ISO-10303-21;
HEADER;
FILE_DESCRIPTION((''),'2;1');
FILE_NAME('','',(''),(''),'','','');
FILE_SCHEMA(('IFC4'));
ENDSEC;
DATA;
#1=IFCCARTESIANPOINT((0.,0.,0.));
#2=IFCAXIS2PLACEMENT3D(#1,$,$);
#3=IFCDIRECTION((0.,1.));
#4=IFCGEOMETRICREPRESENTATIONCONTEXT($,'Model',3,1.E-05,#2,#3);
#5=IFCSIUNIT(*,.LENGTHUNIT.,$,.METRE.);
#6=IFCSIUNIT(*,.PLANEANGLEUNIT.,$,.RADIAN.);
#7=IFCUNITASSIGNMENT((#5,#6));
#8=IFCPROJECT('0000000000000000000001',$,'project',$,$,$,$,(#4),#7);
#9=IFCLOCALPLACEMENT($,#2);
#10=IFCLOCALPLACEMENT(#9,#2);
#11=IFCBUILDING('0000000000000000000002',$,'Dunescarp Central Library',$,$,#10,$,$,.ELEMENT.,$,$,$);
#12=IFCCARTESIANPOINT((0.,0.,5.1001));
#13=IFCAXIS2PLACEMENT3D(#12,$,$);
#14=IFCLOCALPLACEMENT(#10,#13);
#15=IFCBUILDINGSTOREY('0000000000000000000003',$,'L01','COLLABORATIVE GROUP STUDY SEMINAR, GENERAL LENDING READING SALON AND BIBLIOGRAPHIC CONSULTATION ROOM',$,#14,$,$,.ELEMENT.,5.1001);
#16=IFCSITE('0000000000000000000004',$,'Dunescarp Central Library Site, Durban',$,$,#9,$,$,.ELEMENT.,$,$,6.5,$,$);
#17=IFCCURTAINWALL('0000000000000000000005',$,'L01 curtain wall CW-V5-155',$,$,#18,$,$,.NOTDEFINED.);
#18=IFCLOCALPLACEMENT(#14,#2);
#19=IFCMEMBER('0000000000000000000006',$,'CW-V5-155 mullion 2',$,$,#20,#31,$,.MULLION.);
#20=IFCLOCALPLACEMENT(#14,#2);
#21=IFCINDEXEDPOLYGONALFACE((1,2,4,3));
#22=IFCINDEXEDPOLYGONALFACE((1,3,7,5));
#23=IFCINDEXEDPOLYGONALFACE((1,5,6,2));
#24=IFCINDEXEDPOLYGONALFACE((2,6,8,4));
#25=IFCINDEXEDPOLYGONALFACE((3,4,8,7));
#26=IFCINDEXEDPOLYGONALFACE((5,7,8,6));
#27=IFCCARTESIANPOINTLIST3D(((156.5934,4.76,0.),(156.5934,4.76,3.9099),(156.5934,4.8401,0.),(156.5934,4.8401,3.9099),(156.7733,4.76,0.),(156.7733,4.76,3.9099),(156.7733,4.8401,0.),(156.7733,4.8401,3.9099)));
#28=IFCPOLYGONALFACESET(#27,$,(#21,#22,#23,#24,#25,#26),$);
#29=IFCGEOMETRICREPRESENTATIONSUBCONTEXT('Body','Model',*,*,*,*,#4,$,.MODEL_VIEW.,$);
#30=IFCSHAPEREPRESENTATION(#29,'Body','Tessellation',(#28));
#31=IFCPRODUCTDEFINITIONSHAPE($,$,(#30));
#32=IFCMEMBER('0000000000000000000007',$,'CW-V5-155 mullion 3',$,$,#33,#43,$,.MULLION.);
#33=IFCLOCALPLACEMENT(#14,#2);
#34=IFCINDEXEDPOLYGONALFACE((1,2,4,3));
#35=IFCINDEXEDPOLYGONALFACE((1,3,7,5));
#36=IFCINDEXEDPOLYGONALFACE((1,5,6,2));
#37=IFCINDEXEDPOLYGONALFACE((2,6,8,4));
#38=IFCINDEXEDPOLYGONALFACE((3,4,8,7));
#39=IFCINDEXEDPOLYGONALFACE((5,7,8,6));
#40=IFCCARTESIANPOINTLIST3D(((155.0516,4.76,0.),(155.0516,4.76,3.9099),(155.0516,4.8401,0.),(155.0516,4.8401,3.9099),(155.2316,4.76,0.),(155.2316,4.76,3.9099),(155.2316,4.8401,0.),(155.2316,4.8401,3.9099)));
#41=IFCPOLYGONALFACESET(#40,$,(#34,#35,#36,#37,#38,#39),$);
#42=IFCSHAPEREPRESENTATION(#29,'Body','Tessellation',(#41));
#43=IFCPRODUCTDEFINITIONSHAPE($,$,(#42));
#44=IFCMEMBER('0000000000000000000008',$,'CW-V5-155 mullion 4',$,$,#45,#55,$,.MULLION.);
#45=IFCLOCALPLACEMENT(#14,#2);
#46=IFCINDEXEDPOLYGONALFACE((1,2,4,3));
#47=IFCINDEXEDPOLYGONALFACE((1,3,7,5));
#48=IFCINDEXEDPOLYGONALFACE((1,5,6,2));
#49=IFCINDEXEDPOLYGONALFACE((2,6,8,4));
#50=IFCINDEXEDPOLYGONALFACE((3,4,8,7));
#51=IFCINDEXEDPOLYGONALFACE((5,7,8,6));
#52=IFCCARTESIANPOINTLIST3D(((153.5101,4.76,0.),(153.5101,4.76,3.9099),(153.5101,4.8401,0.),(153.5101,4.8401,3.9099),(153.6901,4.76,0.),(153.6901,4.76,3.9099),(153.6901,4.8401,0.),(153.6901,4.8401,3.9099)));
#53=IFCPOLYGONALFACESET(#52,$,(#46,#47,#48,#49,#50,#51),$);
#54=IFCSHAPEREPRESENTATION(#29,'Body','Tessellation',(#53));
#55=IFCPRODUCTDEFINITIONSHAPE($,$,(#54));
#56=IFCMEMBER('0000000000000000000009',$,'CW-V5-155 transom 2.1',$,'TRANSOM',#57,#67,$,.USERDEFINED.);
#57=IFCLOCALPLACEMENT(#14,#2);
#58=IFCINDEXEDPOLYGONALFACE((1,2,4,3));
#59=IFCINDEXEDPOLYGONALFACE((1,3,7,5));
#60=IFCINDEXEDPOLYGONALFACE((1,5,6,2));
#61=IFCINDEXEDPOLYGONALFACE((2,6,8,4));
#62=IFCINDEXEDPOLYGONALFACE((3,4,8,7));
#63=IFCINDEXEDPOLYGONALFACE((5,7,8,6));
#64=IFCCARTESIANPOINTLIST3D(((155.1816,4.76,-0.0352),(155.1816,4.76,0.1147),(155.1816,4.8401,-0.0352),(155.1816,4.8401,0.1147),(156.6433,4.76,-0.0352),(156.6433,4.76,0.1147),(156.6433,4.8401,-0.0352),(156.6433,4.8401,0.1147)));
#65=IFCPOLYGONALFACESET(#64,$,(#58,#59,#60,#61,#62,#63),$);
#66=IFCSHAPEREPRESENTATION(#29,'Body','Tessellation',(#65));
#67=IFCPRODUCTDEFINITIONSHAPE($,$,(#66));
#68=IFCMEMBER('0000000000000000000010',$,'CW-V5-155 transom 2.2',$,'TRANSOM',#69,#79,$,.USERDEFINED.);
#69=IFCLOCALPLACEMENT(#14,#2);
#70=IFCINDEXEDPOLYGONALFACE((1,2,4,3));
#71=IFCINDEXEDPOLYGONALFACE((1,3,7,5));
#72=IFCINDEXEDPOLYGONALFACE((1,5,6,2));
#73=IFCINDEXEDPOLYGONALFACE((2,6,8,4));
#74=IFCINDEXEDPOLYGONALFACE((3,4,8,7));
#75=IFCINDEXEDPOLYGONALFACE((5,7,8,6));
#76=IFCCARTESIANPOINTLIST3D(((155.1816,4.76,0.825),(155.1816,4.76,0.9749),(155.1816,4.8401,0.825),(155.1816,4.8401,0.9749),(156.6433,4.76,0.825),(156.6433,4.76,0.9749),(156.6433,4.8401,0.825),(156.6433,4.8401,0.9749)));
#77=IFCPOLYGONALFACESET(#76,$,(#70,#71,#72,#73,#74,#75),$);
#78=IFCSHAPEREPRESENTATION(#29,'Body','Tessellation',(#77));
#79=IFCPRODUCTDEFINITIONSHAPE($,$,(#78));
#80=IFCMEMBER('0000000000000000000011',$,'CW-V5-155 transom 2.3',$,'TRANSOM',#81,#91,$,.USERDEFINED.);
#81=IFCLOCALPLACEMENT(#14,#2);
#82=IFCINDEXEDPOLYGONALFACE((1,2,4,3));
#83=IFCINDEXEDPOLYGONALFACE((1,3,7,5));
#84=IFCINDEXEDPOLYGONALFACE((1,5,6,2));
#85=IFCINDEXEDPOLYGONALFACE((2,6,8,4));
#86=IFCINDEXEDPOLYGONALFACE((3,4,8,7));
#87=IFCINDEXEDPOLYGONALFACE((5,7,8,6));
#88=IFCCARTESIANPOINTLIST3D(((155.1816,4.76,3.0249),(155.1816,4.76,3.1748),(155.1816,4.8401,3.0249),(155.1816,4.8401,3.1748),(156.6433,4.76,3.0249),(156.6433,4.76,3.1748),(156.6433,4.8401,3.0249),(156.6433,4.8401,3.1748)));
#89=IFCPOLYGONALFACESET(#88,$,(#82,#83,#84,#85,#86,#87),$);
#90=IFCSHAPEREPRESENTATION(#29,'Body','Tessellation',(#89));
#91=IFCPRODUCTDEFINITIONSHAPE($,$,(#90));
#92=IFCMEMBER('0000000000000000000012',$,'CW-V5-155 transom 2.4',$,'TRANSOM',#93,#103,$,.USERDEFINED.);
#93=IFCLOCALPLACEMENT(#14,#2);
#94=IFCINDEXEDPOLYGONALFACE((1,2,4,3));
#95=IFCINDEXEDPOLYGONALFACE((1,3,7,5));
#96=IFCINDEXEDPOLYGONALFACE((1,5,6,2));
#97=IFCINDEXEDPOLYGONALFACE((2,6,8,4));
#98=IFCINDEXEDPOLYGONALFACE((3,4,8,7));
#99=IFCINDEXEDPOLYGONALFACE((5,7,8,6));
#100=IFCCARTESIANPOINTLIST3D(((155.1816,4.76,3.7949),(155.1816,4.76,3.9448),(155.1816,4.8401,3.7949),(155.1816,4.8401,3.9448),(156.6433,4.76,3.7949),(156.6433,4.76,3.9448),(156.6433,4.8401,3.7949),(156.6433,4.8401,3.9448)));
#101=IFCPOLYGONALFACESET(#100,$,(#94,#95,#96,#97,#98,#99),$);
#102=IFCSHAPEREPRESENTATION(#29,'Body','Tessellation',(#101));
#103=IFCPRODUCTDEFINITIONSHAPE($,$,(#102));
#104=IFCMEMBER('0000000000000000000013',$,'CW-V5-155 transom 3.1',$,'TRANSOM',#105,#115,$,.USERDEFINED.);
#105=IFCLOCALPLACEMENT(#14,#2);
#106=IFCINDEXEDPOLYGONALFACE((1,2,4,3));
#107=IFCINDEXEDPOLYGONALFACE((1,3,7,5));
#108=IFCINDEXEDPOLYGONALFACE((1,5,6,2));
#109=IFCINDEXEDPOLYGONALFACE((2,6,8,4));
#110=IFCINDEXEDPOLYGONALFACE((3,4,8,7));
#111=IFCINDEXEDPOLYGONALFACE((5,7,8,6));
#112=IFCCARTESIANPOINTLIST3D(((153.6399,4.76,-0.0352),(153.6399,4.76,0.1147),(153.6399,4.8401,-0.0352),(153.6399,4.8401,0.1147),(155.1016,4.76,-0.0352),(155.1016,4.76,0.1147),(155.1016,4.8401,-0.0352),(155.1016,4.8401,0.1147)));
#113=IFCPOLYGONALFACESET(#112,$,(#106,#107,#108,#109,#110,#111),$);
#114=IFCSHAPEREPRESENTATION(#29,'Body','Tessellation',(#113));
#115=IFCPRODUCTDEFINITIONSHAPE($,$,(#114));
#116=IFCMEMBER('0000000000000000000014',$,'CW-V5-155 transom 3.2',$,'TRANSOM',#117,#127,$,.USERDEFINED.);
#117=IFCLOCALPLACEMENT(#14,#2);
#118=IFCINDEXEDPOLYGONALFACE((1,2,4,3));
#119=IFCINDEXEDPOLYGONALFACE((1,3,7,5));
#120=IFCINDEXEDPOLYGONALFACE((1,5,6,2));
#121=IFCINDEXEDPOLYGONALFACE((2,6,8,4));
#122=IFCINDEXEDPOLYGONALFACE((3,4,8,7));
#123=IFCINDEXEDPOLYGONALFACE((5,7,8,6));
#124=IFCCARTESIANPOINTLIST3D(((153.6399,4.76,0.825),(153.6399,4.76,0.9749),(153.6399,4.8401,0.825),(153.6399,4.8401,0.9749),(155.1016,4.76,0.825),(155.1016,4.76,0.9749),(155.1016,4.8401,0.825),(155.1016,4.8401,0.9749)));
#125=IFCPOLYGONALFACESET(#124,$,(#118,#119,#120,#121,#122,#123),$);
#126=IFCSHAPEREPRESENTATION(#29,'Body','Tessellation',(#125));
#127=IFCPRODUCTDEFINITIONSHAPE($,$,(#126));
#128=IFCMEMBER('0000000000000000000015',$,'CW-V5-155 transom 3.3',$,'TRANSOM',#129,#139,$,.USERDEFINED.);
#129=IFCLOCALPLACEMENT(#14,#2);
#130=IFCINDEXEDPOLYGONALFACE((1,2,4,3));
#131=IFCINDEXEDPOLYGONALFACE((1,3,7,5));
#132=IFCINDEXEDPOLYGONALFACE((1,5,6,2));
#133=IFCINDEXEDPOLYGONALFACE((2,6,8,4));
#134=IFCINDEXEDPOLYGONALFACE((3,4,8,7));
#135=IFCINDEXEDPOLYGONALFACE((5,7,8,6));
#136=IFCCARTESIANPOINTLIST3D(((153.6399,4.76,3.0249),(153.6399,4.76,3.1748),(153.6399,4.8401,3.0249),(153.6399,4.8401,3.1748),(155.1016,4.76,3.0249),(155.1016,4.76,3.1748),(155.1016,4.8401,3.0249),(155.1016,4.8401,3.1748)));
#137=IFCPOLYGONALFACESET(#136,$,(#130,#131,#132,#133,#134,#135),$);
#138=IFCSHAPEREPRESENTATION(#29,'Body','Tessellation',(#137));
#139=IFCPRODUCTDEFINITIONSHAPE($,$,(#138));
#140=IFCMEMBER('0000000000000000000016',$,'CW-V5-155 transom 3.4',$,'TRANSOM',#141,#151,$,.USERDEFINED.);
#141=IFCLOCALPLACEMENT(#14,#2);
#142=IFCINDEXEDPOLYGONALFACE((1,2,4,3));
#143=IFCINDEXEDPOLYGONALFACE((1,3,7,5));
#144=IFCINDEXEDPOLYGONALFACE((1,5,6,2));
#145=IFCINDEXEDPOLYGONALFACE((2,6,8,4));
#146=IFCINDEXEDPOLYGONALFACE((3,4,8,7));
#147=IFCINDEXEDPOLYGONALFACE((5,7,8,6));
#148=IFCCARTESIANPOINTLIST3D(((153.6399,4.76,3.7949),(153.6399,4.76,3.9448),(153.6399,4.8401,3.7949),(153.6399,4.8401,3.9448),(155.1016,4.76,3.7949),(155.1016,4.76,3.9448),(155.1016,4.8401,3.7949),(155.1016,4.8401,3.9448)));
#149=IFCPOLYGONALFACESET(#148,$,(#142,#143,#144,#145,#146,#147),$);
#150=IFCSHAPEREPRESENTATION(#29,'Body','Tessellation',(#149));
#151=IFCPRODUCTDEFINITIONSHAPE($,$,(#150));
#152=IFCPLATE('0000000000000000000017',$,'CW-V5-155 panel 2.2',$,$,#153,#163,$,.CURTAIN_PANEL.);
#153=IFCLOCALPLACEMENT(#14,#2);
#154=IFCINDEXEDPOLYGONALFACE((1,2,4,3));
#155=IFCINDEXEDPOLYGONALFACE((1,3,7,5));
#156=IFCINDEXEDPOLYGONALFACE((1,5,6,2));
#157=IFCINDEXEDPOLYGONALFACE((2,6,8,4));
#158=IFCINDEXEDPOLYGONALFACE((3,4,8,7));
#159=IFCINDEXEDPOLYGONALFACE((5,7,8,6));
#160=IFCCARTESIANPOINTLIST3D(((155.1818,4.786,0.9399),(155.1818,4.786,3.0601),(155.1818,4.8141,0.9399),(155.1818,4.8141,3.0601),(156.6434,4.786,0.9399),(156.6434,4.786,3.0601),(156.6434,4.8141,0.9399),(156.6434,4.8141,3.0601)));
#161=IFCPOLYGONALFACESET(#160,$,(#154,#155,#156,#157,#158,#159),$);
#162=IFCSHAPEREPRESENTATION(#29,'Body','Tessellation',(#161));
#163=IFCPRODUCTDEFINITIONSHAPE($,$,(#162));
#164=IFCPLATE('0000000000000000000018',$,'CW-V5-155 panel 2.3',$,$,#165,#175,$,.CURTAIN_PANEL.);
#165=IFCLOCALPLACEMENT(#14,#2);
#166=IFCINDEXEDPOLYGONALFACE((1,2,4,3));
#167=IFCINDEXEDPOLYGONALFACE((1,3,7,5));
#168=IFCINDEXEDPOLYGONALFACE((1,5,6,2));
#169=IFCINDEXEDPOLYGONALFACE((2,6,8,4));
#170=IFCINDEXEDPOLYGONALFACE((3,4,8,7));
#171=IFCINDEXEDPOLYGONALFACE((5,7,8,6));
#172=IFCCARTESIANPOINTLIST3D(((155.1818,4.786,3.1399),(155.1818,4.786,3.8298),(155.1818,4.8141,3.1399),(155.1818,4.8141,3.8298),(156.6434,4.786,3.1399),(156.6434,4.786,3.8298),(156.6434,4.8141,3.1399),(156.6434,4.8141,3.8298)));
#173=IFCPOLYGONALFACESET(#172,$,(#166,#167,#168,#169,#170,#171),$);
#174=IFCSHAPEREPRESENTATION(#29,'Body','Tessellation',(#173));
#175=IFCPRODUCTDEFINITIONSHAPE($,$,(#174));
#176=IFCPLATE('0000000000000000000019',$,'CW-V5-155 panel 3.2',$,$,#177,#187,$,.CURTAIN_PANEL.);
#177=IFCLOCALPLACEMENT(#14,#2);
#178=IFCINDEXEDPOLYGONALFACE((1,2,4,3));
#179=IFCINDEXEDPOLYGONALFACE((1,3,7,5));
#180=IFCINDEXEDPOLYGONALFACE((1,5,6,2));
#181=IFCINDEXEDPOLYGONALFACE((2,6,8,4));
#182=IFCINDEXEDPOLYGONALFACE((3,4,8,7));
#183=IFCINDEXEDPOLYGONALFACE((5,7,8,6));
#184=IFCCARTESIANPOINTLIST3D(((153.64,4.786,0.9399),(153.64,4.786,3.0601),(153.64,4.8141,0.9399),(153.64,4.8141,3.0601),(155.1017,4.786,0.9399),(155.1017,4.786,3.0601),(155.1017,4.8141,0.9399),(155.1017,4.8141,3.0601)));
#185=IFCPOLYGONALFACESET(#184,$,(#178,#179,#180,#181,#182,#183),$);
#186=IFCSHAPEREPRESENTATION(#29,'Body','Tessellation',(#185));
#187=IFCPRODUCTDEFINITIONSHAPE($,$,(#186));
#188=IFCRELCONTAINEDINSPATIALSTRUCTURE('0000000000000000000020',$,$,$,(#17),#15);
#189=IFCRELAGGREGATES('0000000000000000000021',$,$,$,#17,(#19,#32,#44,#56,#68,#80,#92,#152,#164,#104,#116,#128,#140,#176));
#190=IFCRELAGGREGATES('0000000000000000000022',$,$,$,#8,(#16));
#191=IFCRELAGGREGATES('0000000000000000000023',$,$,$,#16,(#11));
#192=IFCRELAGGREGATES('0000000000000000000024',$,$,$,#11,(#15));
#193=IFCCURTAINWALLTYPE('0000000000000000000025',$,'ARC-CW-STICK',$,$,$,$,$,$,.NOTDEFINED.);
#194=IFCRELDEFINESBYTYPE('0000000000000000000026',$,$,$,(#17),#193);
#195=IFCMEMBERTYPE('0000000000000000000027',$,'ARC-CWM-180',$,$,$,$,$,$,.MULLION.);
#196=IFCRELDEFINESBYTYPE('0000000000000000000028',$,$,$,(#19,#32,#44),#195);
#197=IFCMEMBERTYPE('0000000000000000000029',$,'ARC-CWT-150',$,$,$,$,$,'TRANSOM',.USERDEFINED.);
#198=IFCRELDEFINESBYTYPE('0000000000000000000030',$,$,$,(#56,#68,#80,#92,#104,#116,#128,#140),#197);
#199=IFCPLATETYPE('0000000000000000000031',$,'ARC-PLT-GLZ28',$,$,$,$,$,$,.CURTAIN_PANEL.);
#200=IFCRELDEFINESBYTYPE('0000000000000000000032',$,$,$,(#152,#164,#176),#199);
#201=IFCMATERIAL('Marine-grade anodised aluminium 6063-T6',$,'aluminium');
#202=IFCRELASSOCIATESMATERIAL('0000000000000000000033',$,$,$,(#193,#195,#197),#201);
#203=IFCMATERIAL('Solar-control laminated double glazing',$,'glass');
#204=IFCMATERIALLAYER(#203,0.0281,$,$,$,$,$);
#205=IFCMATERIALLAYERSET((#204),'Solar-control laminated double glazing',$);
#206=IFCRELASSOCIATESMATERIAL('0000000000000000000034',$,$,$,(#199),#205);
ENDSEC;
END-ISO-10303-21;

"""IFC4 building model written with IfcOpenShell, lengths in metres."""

from ifc_helpers import new_model, si_unit, direction, frame, origin, origin_2d, place, context, subcontext, project, spatial, rectangle, extrude, material, layer, layer_set, material_profile, profile_set, type_object, element, aggregate, save


model = new_model("IFC4")

# Units and contexts
model_context = context("Model", 3, precision=1e-05, world=origin(), true_north=direction((0.0, 1.0)))
body_context = subcontext(model_context, "Body", "Model", "MODEL_VIEW")
ifc_project = project(units=[si_unit("LENGTHUNIT", "METRE"), si_unit("PLANEANGLEUNIT", "RADIAN")], contexts=[model_context])

# Site, building, storey
site_placement = place(None, origin())
site = spatial("IfcSite", under=ifc_project, at=site_placement, Name="Dunescarp Central Library Site, Durban", CompositionType="ELEMENT", RefElevation=6.5)
building_placement = place(site_placement, origin())
building = spatial("IfcBuilding", under=site, at=building_placement, Name="Dunescarp Central Library", CompositionType="ELEMENT")
storey_placement = place(building_placement, frame((0.0, 0.0, 5.1001)))
storey = spatial("IfcBuildingStorey", under=building, at=storey_placement, Name="L01", Description="COLLABORATIVE GROUP STUDY SEMINAR, GENERAL LENDING READING SALON AND BIBLIOGRAPHIC CONSULTATION ROOM", CompositionType="ELEMENT", Elevation=5.1001)

# Curtain wall, members, plates
ifc_material_1 = material(Name="Marine-grade anodised aluminium 6063-T6", Category="aluminium")
curtain_wall_type = type_object("IfcCurtainWallType", Name="ARC-CW-STICK", PredefinedType="NOTDEFINED", material=ifc_material_1)
curtain_wall_placement = place(storey_placement, origin())
curtain_wall = element("IfcCurtainWall", 1, at=curtain_wall_placement, inside=storey, type_object=curtain_wall_type, Name="L01 curtain wall CW-V5-155", PredefinedType="NOTDEFINED")
ifc_material_profile_1 = material_profile(ifc_material_1, rectangle(XDim=0.0801, YDim=0.1799, at=origin_2d()), Name="AL 80x180")
ifc_profile_set_1 = profile_set([ifc_material_profile_1], Name="Marine-grade anodised aluminium 6063-T6")
member_type_1 = type_object("IfcMemberType", Name="ARC-CWM-180", PredefinedType="MULLION", material=ifc_profile_set_1)
member_1_placement = place(storey_placement, frame((156.6833, 4.8, 0.0), z_axis=(0.0, 0.0, 1.0), x_axis=(0.0, -1.0, 0.0)))
member_1 = element("IfcMember", 2, at=member_1_placement, type_object=member_type_1, Name="CW-V5-155 mullion 2", PredefinedType="MULLION", context=body_context, shape_type="SweptSolid", body=[
    extrude(rectangle(XDim=0.0801, YDim=0.1799, at=origin_2d()), origin(), (0.0, 0.0, 1.0), 3.9099),
])
member_2_placement = place(storey_placement, frame((155.1416, 4.8, 0.0), z_axis=(0.0, 0.0, 1.0), x_axis=(0.0, -1.0, 0.0)))
member_2 = element("IfcMember", 3, at=member_2_placement, type_object=member_type_1, Name="CW-V5-155 mullion 3", PredefinedType="MULLION", context=body_context, shape_type="SweptSolid", body=[
    extrude(rectangle(XDim=0.0801, YDim=0.1799, at=origin_2d()), origin(), (0.0, 0.0, 1.0), 3.9099),
])
member_3_placement = place(storey_placement, frame((153.6001, 4.8, 0.0), z_axis=(0.0, 0.0, 1.0), x_axis=(0.0, -1.0, 0.0)))
member_3 = element("IfcMember", 4, at=member_3_placement, type_object=member_type_1, Name="CW-V5-155 mullion 4", PredefinedType="MULLION", context=body_context, shape_type="SweptSolid", body=[
    extrude(rectangle(XDim=0.0801, YDim=0.1799, at=origin_2d()), origin(), (0.0, 0.0, 1.0), 3.9099),
])
ifc_material_profile_2 = material_profile(ifc_material_1, rectangle(XDim=0.0801, YDim=0.1499, at=origin_2d()), Name="AL 80x150")
ifc_profile_set_2 = profile_set([ifc_material_profile_2], Name="Marine-grade anodised aluminium 6063-T6")
member_type_2 = type_object("IfcMemberType", Name="ARC-CWT-150", ElementType="TRANSOM", PredefinedType="USERDEFINED", material=ifc_profile_set_2)
member_4_placement = place(storey_placement, frame((156.6433, 4.8, 0.0398), z_axis=(-1.0, 0.0, 0.0), x_axis=(0.0, -1.0, 0.0)))
member_4 = element("IfcMember", 5, at=member_4_placement, type_object=member_type_2, Name="CW-V5-155 transom 2.1", ObjectType="TRANSOM", PredefinedType="USERDEFINED", context=body_context, shape_type="SweptSolid", body=[
    extrude(rectangle(XDim=0.0801, YDim=0.1499, at=origin_2d()), origin(), (0.0, 0.0, 1.0), 1.4617),
])
member_5_placement = place(storey_placement, frame((156.6433, 4.8, 0.8999), z_axis=(-1.0, 0.0, 0.0), x_axis=(0.0, -1.0, 0.0)))
member_5 = element("IfcMember", 6, at=member_5_placement, type_object=member_type_2, Name="CW-V5-155 transom 2.2", ObjectType="TRANSOM", PredefinedType="USERDEFINED", context=body_context, shape_type="SweptSolid", body=[
    extrude(rectangle(XDim=0.0801, YDim=0.1499, at=origin_2d()), origin(), (0.0, 0.0, 1.0), 1.4617),
])
member_6_placement = place(storey_placement, frame((156.6433, 4.8, 3.0999), z_axis=(-1.0, 0.0, 0.0), x_axis=(0.0, -1.0, 0.0)))
member_6 = element("IfcMember", 7, at=member_6_placement, type_object=member_type_2, Name="CW-V5-155 transom 2.3", ObjectType="TRANSOM", PredefinedType="USERDEFINED", context=body_context, shape_type="SweptSolid", body=[
    extrude(rectangle(XDim=0.0801, YDim=0.1499, at=origin_2d()), origin(), (0.0, 0.0, 1.0), 1.4617),
])
member_7_placement = place(storey_placement, frame((156.6433, 4.8, 3.8699), z_axis=(-1.0, 0.0, 0.0), x_axis=(0.0, -1.0, 0.0)))
member_7 = element("IfcMember", 8, at=member_7_placement, type_object=member_type_2, Name="CW-V5-155 transom 2.4", ObjectType="TRANSOM", PredefinedType="USERDEFINED", context=body_context, shape_type="SweptSolid", body=[
    extrude(rectangle(XDim=0.0801, YDim=0.1499, at=origin_2d()), origin(), (0.0, 0.0, 1.0), 1.4617),
])
member_8_placement = place(storey_placement, frame((155.1016, 4.8, 0.0398), z_axis=(-1.0, 0.0, 0.0), x_axis=(0.0, -1.0, 0.0)))
member_8 = element("IfcMember", 9, at=member_8_placement, type_object=member_type_2, Name="CW-V5-155 transom 3.1", ObjectType="TRANSOM", PredefinedType="USERDEFINED", context=body_context, shape_type="SweptSolid", body=[
    extrude(rectangle(XDim=0.0801, YDim=0.1499, at=origin_2d()), origin(), (0.0, 0.0, 1.0), 1.4617),
])
member_9_placement = place(storey_placement, frame((155.1016, 4.8, 0.8999), z_axis=(-1.0, 0.0, 0.0), x_axis=(0.0, -1.0, 0.0)))
member_9 = element("IfcMember", 10, at=member_9_placement, type_object=member_type_2, Name="CW-V5-155 transom 3.2", ObjectType="TRANSOM", PredefinedType="USERDEFINED", context=body_context, shape_type="SweptSolid", body=[
    extrude(rectangle(XDim=0.0801, YDim=0.1499, at=origin_2d()), origin(), (0.0, 0.0, 1.0), 1.4617),
])
member_10_placement = place(storey_placement, frame((155.1016, 4.8, 3.0999), z_axis=(-1.0, 0.0, 0.0), x_axis=(0.0, -1.0, 0.0)))
member_10 = element("IfcMember", 11, at=member_10_placement, type_object=member_type_2, Name="CW-V5-155 transom 3.3", ObjectType="TRANSOM", PredefinedType="USERDEFINED", context=body_context, shape_type="SweptSolid", body=[
    extrude(rectangle(XDim=0.0801, YDim=0.1499, at=origin_2d()), origin(), (0.0, 0.0, 1.0), 1.4617),
])
member_11_placement = place(storey_placement, frame((155.1016, 4.8, 3.8699), z_axis=(-1.0, 0.0, 0.0), x_axis=(0.0, -1.0, 0.0)))
member_11 = element("IfcMember", 12, at=member_11_placement, type_object=member_type_2, Name="CW-V5-155 transom 3.4", ObjectType="TRANSOM", PredefinedType="USERDEFINED", context=body_context, shape_type="SweptSolid", body=[
    extrude(rectangle(XDim=0.0801, YDim=0.1499, at=origin_2d()), origin(), (0.0, 0.0, 1.0), 1.4617),
])
ifc_material_2 = material(Name="Solar-control laminated double glazing", Category="glass")
ifc_layer_1 = layer(ifc_material_2, 0.0281)
ifc_layer_set_1 = layer_set([ifc_layer_1], Name="Solar-control laminated double glazing")
plate_type_1 = type_object("IfcPlateType", Name="ARC-PLT-GLZ28", PredefinedType="CURTAIN_PANEL", material=ifc_layer_set_1)
plate_1_placement = place(storey_placement, frame((155.9126, 4.8, 0.9399), z_axis=(0.0, 0.0, 1.0), x_axis=(-1.0, 0.0, 0.0)))
plate_1 = element("IfcPlate", 13, at=plate_1_placement, type_object=plate_type_1, Name="CW-V5-155 panel 2.2", PredefinedType="CURTAIN_PANEL", context=body_context, shape_type="SweptSolid", body=[
    extrude(rectangle(XDim=1.4617, YDim=0.0281, at=origin_2d()), origin(), (0.0, 0.0, 1.0), 2.1201),
])
plate_2_placement = place(storey_placement, frame((155.9126, 4.8, 3.1399), z_axis=(0.0, 0.0, 1.0), x_axis=(-1.0, 0.0, 0.0)))
plate_2 = element("IfcPlate", 14, at=plate_2_placement, type_object=plate_type_1, Name="CW-V5-155 panel 2.3", PredefinedType="CURTAIN_PANEL", context=body_context, shape_type="SweptSolid", body=[
    extrude(rectangle(XDim=1.4617, YDim=0.0281, at=origin_2d()), origin(), (0.0, 0.0, 1.0), 0.6899),
])
plate_3_placement = place(storey_placement, frame((154.3708, 4.8, 0.9399), z_axis=(0.0, 0.0, 1.0), x_axis=(-1.0, 0.0, 0.0)))
plate_3 = element("IfcPlate", 15, at=plate_3_placement, type_object=plate_type_1, Name="CW-V5-155 panel 3.2", PredefinedType="CURTAIN_PANEL", context=body_context, shape_type="SweptSolid", body=[
    extrude(rectangle(XDim=1.4617, YDim=0.0281, at=origin_2d()), origin(), (0.0, 0.0, 1.0), 2.1201),
])
aggregate(curtain_wall, [member_1, member_2, member_3, member_4, member_5, member_6, member_7, plate_1, plate_2, member_8, member_9, member_10, member_11, plate_3])

save(model, "model.ifc")
